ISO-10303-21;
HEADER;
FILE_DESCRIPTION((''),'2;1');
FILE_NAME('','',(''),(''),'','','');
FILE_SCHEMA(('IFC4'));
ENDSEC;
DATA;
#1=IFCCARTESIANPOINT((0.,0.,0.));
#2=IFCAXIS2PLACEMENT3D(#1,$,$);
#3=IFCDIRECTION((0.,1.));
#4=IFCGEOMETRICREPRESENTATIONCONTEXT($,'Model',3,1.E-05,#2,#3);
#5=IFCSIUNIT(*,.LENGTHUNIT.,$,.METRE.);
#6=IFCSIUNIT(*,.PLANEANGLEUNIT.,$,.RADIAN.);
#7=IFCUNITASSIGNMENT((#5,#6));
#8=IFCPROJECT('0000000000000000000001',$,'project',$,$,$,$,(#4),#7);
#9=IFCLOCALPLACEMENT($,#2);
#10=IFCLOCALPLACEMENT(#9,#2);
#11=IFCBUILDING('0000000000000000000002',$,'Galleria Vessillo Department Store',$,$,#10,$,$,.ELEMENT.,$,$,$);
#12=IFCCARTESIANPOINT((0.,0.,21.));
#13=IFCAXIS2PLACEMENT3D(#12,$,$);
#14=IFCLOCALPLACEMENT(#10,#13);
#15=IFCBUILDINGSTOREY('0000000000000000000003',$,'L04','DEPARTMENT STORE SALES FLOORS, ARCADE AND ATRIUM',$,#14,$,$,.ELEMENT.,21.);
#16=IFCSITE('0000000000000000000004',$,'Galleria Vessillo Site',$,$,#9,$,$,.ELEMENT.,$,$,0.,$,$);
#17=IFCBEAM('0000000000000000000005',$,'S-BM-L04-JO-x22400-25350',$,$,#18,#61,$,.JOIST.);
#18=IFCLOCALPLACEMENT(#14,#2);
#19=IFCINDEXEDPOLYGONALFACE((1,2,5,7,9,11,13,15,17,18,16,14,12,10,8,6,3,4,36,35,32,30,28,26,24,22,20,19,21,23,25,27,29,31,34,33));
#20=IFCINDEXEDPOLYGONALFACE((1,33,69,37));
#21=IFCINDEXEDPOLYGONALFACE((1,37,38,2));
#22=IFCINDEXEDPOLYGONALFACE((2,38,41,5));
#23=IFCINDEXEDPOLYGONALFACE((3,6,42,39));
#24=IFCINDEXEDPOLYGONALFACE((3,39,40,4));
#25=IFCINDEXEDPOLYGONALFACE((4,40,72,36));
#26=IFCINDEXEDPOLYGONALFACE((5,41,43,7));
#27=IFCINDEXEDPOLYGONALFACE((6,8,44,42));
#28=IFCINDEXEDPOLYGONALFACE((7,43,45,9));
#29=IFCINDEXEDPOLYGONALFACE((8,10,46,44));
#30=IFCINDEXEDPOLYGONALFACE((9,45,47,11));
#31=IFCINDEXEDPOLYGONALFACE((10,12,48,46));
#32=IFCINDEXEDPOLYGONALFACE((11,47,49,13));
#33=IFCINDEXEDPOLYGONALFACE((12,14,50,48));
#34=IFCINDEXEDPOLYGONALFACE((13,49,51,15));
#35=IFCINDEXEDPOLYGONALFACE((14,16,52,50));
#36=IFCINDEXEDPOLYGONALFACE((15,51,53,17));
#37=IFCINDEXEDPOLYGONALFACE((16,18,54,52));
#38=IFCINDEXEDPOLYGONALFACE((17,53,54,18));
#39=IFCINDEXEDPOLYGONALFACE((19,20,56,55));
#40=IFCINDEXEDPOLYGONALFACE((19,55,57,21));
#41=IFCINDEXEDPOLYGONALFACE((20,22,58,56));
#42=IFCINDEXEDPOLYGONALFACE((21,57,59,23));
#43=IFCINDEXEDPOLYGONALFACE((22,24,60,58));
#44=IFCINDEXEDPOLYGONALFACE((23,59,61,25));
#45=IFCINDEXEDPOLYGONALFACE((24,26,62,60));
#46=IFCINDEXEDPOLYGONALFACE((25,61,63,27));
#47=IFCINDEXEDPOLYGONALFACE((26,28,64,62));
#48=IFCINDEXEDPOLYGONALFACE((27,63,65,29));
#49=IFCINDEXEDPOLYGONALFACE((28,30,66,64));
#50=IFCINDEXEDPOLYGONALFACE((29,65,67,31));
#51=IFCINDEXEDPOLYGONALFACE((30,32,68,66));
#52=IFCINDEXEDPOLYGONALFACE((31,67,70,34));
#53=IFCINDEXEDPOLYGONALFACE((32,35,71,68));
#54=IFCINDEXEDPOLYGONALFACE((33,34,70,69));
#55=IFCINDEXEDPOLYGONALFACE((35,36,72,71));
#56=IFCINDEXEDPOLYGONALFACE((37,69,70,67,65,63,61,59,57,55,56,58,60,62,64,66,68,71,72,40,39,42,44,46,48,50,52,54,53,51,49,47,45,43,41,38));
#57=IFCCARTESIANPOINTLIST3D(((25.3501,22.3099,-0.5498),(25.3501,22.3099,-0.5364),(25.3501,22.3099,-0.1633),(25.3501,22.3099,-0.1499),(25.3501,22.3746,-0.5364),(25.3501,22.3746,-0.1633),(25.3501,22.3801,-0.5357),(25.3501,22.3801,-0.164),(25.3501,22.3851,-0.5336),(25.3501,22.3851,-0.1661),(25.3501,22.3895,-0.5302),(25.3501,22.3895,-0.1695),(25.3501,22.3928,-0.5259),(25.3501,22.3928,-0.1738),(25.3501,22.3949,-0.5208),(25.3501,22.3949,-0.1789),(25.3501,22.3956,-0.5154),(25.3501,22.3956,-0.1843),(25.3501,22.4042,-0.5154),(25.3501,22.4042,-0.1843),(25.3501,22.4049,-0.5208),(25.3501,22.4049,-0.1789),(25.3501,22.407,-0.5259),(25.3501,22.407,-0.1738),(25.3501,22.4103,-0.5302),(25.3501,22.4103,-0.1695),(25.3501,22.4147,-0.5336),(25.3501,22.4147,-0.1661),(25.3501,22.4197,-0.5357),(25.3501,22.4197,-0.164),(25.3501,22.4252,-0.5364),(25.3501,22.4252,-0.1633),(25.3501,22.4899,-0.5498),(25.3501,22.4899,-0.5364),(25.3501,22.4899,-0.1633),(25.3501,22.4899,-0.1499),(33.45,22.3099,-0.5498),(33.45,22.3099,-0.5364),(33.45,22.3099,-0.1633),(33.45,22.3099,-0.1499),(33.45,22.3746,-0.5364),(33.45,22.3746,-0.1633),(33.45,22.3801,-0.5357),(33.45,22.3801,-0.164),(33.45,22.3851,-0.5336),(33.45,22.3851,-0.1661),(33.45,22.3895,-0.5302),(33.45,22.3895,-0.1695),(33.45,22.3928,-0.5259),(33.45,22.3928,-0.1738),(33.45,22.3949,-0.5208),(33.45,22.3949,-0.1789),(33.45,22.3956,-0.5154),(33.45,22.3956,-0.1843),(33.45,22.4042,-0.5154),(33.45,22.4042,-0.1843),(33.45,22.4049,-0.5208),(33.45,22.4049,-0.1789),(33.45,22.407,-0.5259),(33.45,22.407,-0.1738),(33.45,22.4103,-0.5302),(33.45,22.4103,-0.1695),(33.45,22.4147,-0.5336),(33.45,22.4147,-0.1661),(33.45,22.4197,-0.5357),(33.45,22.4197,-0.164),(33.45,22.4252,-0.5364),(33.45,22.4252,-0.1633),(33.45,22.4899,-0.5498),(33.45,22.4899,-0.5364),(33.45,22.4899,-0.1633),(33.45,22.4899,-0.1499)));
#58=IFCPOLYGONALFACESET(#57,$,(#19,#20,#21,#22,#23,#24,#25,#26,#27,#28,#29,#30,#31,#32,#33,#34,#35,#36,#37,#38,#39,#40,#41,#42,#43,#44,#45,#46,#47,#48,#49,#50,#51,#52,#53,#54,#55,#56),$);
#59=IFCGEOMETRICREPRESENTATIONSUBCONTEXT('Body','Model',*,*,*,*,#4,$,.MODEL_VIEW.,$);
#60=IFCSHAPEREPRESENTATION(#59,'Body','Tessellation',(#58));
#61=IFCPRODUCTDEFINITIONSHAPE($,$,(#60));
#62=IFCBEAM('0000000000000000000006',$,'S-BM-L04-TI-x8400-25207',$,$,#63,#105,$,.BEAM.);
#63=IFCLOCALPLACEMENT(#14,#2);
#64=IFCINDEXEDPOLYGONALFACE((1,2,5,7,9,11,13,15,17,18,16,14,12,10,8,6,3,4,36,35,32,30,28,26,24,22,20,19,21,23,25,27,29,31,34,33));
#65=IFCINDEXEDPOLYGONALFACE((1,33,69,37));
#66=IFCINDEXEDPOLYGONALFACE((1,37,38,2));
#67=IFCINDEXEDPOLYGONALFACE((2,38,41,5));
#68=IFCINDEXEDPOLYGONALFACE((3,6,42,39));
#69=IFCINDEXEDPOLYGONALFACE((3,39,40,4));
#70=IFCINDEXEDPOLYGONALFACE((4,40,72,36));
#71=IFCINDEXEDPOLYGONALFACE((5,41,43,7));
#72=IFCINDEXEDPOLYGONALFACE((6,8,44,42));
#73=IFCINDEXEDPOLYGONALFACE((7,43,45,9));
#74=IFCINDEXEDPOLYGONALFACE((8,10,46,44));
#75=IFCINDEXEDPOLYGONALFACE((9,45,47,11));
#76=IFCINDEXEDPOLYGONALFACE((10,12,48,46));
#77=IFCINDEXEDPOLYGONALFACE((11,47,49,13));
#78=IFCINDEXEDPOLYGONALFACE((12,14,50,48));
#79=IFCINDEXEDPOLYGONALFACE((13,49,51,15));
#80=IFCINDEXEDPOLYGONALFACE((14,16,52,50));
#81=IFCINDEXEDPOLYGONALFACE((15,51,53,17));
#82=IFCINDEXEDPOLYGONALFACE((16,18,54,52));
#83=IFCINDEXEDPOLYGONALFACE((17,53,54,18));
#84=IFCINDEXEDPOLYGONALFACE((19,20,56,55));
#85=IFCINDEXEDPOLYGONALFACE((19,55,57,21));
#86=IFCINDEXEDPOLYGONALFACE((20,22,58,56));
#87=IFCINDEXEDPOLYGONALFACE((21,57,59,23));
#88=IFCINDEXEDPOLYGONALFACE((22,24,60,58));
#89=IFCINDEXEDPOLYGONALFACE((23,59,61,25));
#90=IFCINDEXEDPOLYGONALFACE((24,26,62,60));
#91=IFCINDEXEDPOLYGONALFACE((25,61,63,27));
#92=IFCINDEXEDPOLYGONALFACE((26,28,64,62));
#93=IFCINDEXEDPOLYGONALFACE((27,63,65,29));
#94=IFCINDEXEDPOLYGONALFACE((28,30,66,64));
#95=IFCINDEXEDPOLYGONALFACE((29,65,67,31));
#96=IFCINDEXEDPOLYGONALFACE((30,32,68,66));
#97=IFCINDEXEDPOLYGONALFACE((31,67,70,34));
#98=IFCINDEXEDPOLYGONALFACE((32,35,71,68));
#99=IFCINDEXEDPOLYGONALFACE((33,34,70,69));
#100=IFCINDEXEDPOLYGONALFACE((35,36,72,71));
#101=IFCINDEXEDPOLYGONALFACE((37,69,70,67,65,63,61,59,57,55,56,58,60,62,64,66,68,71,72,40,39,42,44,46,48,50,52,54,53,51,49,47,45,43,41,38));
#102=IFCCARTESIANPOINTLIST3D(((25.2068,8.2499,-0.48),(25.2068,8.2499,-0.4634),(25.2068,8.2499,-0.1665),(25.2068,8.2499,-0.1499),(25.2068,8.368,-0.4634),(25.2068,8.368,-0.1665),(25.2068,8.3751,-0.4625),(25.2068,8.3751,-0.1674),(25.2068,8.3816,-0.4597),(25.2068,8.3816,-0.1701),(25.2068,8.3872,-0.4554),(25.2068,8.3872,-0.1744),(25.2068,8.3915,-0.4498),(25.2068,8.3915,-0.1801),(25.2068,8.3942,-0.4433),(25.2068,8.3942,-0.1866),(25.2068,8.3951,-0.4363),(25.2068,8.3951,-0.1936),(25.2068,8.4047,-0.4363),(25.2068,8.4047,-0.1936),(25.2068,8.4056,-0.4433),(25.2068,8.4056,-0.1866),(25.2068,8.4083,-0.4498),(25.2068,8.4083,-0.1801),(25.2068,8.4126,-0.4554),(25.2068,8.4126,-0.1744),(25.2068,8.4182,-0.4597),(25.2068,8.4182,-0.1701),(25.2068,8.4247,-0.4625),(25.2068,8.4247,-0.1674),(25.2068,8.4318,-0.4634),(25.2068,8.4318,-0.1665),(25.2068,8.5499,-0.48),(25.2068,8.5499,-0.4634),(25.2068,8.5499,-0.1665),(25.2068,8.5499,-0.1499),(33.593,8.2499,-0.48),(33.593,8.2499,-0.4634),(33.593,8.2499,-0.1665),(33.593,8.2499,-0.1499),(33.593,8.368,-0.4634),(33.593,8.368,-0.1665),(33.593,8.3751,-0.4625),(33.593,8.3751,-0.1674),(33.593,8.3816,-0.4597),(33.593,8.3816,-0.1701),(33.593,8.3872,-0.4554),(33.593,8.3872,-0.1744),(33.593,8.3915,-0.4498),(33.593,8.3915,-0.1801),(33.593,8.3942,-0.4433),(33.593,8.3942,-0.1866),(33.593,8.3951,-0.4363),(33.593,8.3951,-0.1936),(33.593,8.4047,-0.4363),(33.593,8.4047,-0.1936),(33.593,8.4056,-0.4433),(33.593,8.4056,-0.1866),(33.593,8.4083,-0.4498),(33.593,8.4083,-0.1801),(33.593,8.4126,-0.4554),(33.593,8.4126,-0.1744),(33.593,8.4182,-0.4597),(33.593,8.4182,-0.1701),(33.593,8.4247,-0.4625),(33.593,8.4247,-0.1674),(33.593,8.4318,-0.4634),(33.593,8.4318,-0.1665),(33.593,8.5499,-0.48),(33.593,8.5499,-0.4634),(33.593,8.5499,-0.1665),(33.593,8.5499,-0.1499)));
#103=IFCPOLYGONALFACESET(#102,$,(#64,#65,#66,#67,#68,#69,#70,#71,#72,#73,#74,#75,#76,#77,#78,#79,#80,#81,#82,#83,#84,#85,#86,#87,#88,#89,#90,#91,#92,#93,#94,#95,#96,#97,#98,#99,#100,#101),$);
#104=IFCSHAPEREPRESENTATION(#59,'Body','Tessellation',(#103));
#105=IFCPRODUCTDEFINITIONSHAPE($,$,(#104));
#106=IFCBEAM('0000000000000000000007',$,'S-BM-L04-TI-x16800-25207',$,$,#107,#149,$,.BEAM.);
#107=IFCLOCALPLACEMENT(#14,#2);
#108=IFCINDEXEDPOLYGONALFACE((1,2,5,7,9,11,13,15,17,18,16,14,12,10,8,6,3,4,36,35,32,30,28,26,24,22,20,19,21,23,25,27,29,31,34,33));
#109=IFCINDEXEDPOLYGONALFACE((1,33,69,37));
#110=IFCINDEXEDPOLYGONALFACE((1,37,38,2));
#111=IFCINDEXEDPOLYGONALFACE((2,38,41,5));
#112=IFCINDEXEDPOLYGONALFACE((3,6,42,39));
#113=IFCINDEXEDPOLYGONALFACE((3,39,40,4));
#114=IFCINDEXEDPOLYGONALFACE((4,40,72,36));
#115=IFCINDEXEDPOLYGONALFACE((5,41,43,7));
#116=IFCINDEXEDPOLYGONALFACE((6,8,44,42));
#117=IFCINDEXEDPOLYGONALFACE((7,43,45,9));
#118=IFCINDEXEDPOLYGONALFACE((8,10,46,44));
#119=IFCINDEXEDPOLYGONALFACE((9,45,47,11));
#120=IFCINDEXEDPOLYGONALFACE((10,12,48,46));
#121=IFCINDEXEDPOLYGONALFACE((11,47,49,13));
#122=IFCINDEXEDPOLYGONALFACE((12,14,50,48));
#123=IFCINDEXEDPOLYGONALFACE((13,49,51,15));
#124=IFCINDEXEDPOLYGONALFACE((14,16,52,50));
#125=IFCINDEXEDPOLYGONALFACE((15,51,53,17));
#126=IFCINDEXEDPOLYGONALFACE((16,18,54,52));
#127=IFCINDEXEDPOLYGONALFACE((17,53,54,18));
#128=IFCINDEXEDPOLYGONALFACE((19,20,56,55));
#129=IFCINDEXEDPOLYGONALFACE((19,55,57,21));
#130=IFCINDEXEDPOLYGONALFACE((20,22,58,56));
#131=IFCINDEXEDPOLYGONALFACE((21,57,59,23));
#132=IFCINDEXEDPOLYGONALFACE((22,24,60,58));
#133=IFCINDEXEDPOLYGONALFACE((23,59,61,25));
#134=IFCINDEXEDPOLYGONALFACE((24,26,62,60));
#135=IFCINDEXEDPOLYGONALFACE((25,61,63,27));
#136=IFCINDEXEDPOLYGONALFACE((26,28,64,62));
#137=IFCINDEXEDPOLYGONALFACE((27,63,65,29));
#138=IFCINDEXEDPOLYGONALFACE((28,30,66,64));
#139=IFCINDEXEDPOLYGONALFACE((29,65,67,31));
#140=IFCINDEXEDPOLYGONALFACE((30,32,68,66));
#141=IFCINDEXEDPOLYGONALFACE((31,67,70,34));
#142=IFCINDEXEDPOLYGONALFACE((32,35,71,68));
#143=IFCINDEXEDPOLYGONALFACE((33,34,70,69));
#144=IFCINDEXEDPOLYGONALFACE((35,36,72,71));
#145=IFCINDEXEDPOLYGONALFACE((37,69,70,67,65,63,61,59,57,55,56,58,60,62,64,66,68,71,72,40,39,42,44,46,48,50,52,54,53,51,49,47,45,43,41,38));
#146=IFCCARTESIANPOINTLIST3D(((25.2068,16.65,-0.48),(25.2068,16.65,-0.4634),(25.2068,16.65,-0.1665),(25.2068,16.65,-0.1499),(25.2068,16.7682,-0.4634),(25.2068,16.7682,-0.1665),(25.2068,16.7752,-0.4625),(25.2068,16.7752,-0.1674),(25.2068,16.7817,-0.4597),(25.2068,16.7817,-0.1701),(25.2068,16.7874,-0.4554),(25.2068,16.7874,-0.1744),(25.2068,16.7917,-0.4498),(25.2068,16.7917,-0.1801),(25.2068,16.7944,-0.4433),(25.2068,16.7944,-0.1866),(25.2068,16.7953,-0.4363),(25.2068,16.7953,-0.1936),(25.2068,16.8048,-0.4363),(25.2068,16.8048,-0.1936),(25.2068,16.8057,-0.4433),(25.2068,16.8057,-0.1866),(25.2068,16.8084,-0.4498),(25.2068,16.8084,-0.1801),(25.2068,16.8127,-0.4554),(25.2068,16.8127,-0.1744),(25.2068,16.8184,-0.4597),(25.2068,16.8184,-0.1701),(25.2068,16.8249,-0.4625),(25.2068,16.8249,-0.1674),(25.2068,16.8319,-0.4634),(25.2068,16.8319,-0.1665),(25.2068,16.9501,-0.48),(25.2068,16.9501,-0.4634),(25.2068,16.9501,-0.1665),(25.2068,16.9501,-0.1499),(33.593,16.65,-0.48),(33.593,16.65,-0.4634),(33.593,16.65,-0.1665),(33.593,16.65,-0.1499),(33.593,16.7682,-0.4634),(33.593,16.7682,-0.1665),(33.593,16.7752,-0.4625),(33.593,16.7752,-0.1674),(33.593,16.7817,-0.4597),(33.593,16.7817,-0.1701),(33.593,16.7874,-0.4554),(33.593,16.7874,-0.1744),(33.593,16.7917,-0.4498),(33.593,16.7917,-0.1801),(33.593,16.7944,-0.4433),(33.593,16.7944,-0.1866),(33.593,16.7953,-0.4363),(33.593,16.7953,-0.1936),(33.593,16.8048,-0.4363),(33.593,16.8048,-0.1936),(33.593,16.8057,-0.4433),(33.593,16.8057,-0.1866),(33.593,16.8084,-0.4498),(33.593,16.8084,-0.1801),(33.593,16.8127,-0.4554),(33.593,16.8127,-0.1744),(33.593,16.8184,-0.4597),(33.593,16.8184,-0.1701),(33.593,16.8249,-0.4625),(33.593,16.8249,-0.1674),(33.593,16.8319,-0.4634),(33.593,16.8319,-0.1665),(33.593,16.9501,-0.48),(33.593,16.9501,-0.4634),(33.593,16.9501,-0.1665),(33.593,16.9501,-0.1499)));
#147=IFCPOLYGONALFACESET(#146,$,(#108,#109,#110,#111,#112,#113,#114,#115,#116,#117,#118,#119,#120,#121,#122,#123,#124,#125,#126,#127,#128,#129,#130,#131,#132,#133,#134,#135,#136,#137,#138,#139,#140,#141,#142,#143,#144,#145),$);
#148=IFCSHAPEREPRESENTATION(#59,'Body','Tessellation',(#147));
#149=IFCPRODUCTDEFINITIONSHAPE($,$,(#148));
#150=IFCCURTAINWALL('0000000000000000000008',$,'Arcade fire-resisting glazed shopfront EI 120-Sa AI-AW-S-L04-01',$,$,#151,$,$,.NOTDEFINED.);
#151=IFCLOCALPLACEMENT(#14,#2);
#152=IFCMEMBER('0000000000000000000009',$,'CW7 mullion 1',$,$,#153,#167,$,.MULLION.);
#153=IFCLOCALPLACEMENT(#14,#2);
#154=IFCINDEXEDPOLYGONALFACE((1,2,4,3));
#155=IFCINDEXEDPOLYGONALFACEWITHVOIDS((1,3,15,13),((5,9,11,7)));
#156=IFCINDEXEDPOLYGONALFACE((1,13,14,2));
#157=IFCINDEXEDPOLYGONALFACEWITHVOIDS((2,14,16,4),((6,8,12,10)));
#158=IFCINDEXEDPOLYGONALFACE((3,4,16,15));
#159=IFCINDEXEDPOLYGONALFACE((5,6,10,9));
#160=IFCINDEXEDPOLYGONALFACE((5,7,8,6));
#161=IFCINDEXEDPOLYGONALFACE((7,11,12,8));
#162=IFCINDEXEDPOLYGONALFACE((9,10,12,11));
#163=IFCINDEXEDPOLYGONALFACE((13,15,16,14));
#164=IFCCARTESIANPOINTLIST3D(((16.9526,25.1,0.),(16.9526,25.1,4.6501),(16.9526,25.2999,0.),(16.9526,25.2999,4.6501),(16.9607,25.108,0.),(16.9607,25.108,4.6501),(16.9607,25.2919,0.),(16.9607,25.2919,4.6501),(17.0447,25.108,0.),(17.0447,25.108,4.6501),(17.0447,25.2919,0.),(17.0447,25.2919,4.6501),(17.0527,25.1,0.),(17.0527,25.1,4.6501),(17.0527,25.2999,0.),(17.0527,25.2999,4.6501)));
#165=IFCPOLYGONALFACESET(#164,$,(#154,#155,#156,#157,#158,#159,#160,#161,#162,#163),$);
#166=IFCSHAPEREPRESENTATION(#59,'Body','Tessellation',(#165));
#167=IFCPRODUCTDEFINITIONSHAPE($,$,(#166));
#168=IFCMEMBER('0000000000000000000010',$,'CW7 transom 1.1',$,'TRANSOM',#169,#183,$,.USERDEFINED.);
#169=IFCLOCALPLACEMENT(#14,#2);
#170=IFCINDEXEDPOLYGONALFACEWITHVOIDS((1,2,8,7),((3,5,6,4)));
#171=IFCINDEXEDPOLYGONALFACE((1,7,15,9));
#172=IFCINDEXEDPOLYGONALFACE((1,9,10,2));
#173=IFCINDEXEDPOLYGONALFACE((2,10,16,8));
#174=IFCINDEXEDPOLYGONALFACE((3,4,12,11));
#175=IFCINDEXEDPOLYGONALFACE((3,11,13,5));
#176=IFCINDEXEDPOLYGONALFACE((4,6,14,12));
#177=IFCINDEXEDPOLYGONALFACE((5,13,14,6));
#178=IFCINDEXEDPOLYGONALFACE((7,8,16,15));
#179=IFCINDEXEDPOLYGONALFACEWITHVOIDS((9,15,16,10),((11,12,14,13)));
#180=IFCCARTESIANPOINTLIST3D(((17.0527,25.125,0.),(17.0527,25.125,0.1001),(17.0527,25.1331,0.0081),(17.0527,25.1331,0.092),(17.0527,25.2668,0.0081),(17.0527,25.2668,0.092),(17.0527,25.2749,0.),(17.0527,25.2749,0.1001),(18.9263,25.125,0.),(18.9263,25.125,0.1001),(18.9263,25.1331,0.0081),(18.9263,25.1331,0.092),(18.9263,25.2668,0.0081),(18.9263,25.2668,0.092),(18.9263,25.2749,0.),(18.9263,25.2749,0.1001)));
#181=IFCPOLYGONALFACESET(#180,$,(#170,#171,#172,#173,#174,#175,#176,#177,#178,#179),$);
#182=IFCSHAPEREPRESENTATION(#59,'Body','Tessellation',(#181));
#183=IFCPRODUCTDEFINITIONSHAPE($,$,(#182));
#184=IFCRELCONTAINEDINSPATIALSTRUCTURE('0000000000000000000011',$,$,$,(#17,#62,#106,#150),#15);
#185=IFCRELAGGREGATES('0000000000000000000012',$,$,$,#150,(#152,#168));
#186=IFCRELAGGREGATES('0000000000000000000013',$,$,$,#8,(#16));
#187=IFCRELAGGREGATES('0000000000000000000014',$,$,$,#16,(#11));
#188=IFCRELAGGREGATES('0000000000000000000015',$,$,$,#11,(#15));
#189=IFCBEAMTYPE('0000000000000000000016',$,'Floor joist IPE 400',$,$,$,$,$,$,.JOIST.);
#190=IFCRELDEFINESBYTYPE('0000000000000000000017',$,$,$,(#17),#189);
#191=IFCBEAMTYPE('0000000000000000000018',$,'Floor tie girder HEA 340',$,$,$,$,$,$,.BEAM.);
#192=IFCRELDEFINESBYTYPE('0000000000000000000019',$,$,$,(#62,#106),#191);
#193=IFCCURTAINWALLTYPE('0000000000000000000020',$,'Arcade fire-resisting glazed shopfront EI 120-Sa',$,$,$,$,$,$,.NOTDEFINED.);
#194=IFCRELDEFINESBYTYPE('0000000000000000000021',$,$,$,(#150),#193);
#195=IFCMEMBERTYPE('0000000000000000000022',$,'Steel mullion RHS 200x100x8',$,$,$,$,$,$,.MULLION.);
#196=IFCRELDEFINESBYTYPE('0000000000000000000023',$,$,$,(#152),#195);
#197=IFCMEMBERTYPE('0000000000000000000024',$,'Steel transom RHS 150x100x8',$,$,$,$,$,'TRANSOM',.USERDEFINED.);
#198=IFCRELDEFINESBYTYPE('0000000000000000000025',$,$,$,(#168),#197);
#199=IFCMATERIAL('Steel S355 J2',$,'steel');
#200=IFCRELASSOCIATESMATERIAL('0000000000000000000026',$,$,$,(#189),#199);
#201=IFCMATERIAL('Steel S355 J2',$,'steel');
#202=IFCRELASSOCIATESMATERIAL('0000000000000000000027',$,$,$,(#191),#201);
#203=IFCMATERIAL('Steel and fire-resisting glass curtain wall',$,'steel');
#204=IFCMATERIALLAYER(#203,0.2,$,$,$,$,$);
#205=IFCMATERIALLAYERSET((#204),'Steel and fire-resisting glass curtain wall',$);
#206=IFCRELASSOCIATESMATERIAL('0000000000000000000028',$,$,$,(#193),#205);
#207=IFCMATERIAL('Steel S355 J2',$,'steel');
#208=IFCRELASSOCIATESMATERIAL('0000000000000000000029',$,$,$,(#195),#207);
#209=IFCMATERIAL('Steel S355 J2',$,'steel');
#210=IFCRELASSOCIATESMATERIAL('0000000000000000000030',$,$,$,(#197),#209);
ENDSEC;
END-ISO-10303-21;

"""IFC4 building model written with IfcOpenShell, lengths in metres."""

from ifc_helpers import new_model, si_unit, direction, frame, origin, origin_2d, place, context, subcontext, project, spatial, hollow_rectangle, i_section, extrude, material, layer, layer_set, material_profile, profile_set, type_object, element, aggregate, save


model = new_model("IFC4")

# Units and contexts
model_context = context("Model", 3, precision=1e-05, world=origin(), true_north=direction((0.0, 1.0)))
body_context = subcontext(model_context, "Body", "Model", "MODEL_VIEW")
ifc_project = project(units=[si_unit("LENGTHUNIT", "METRE"), si_unit("PLANEANGLEUNIT", "RADIAN")], contexts=[model_context])

# Site, building, storey
site_placement = place(None, origin())
site = spatial("IfcSite", under=ifc_project, at=site_placement, Name="Galleria Vessillo Site", CompositionType="ELEMENT", RefElevation=0.0)
building_placement = place(site_placement, origin())
building = spatial("IfcBuilding", under=site, at=building_placement, Name="Galleria Vessillo Department Store", CompositionType="ELEMENT")
storey_placement = place(building_placement, frame((0.0, 0.0, 21.0)))
storey = spatial("IfcBuildingStorey", under=building, at=storey_placement, Name="L04", Description="DEPARTMENT STORE SALES FLOORS, ARCADE AND ATRIUM", CompositionType="ELEMENT", Elevation=21.0)

# Beams
ifc_material_1 = material(Name="Steel S355 J2", Category="steel")
ifc_material_profile_1 = material_profile(ifc_material_1, i_section(OverallWidth=0.1799, OverallDepth=0.3999, WebThickness=0.0085, FlangeThickness=0.0134, FilletRadius=0.021, at=origin_2d()), Name="IPE 400")
ifc_profile_set_1 = profile_set([ifc_material_profile_1], Name="Steel S355 J2")
beam_type_1 = type_object("IfcBeamType", Name="Floor joist IPE 400", PredefinedType="JOIST", material=ifc_profile_set_1)
for number, where, z_axis, x_axis, name in (
    (1, (25.3501, 22.3999, -0.3499), (1.0, 0.0, 0.0), (0.0, 1.0, 0.0), "S-BM-L04-JO-x22400-25350"),
):
    element("IfcBeam", number, at=place(storey_placement, frame(where, z_axis=z_axis, x_axis=x_axis)), inside=storey, type_object=beam_type_1, Name=name, PredefinedType="JOIST", context=body_context, shape_type="SweptSolid", body=[
        extrude(i_section(OverallWidth=0.1799, OverallDepth=0.3999, WebThickness=0.0085, FlangeThickness=0.0134, FilletRadius=0.021, at=origin_2d()), origin(), (0.0, 0.0, 1.0), 8.0999),
    ])
ifc_material_2 = material(Name="Steel S355 J2", Category="steel")
ifc_material_profile_2 = material_profile(ifc_material_2, i_section(OverallWidth=0.3, OverallDepth=0.3301, WebThickness=0.0095, FlangeThickness=0.0166, FilletRadius=0.0271, at=origin_2d()), Name="HEA 340")
ifc_profile_set_2 = profile_set([ifc_material_profile_2], Name="Steel S355 J2")
beam_type_2 = type_object("IfcBeamType", Name="Floor tie girder HEA 340", PredefinedType="BEAM", material=ifc_profile_set_2)
for number, where, z_axis, x_axis, name in (
    (2, (25.2068, 8.3999, -0.3149), (1.0, 0.0, 0.0), (0.0, 1.0, 0.0), "S-BM-L04-TI-x8400-25207"),
    (3, (25.2068, 16.8, -0.3149), (1.0, 0.0, 0.0), (0.0, 1.0, 0.0), "S-BM-L04-TI-x16800-25207"),
):
    element("IfcBeam", number, at=place(storey_placement, frame(where, z_axis=z_axis, x_axis=x_axis)), inside=storey, type_object=beam_type_2, Name=name, PredefinedType="BEAM", context=body_context, shape_type="SweptSolid", body=[
        extrude(i_section(OverallWidth=0.3, OverallDepth=0.3301, WebThickness=0.0095, FlangeThickness=0.0166, FilletRadius=0.0271, at=origin_2d()), origin(), (0.0, 0.0, 1.0), 8.3862),
    ])

# Curtain wall, members
ifc_material_3 = material(Name="Steel and fire-resisting glass curtain wall", Category="steel")
ifc_layer_1 = layer(ifc_material_3, 0.2)
ifc_layer_set_1 = layer_set([ifc_layer_1], Name="Steel and fire-resisting glass curtain wall")
curtain_wall_type = type_object("IfcCurtainWallType", Name="Arcade fire-resisting glazed shopfront EI 120-Sa", PredefinedType="NOTDEFINED", material=ifc_layer_set_1)
curtain_wall_placement = place(storey_placement, origin())
curtain_wall = element("IfcCurtainWall", 4, at=curtain_wall_placement, inside=storey, type_object=curtain_wall_type, Name="Arcade fire-resisting glazed shopfront EI 120-Sa AI-AW-S-L04-01", PredefinedType="NOTDEFINED")
ifc_material_4 = material(Name="Steel S355 J2", Category="steel")
ifc_material_profile_3 = material_profile(ifc_material_4, hollow_rectangle(XDim=0.2, YDim=0.1001, WallThickness=0.0081, at=origin_2d()), Name="RHS 200x100x8")
ifc_profile_set_3 = profile_set([ifc_material_profile_3], Name="Steel S355 J2")
member_type_1 = type_object("IfcMemberType", Name="Steel mullion RHS 200x100x8", PredefinedType="MULLION", material=ifc_profile_set_3)
member_1_placement = place(storey_placement, frame((17.0027, 25.2, 0.0), z_axis=(0.0, 0.0, 1.0), x_axis=(0.0, 1.0, 0.0)))
member_1 = element("IfcMember", 5, at=member_1_placement, type_object=member_type_1, Name="CW7 mullion 1", PredefinedType="MULLION", context=body_context, shape_type="SweptSolid", body=[
    extrude(hollow_rectangle(XDim=0.2, YDim=0.1001, WallThickness=0.0081, at=origin_2d()), origin(), (0.0, 0.0, 1.0), 4.6501),
])
ifc_material_5 = material(Name="Steel S355 J2", Category="steel")
ifc_material_profile_4 = material_profile(ifc_material_5, hollow_rectangle(XDim=0.1499, YDim=0.1001, WallThickness=0.0081, at=origin_2d()), Name="RHS 150x100x8")
ifc_profile_set_4 = profile_set([ifc_material_profile_4], Name="Steel S355 J2")
member_type_2 = type_object("IfcMemberType", Name="Steel transom RHS 150x100x8", ElementType="TRANSOM", PredefinedType="USERDEFINED", material=ifc_profile_set_4)
member_2_placement = place(storey_placement, frame((17.0527, 25.2, 0.05), z_axis=(1.0, 0.0, 0.0), x_axis=(0.0, 1.0, 0.0)))
member_2 = element("IfcMember", 6, at=member_2_placement, type_object=member_type_2, Name="CW7 transom 1.1", ObjectType="TRANSOM", PredefinedType="USERDEFINED", context=body_context, shape_type="SweptSolid", body=[
    extrude(hollow_rectangle(XDim=0.1499, YDim=0.1001, WallThickness=0.0081, at=origin_2d()), origin(), (0.0, 0.0, 1.0), 1.8735),
])
aggregate(curtain_wall, [member_1, member_2])

save(model, "model.ifc")
